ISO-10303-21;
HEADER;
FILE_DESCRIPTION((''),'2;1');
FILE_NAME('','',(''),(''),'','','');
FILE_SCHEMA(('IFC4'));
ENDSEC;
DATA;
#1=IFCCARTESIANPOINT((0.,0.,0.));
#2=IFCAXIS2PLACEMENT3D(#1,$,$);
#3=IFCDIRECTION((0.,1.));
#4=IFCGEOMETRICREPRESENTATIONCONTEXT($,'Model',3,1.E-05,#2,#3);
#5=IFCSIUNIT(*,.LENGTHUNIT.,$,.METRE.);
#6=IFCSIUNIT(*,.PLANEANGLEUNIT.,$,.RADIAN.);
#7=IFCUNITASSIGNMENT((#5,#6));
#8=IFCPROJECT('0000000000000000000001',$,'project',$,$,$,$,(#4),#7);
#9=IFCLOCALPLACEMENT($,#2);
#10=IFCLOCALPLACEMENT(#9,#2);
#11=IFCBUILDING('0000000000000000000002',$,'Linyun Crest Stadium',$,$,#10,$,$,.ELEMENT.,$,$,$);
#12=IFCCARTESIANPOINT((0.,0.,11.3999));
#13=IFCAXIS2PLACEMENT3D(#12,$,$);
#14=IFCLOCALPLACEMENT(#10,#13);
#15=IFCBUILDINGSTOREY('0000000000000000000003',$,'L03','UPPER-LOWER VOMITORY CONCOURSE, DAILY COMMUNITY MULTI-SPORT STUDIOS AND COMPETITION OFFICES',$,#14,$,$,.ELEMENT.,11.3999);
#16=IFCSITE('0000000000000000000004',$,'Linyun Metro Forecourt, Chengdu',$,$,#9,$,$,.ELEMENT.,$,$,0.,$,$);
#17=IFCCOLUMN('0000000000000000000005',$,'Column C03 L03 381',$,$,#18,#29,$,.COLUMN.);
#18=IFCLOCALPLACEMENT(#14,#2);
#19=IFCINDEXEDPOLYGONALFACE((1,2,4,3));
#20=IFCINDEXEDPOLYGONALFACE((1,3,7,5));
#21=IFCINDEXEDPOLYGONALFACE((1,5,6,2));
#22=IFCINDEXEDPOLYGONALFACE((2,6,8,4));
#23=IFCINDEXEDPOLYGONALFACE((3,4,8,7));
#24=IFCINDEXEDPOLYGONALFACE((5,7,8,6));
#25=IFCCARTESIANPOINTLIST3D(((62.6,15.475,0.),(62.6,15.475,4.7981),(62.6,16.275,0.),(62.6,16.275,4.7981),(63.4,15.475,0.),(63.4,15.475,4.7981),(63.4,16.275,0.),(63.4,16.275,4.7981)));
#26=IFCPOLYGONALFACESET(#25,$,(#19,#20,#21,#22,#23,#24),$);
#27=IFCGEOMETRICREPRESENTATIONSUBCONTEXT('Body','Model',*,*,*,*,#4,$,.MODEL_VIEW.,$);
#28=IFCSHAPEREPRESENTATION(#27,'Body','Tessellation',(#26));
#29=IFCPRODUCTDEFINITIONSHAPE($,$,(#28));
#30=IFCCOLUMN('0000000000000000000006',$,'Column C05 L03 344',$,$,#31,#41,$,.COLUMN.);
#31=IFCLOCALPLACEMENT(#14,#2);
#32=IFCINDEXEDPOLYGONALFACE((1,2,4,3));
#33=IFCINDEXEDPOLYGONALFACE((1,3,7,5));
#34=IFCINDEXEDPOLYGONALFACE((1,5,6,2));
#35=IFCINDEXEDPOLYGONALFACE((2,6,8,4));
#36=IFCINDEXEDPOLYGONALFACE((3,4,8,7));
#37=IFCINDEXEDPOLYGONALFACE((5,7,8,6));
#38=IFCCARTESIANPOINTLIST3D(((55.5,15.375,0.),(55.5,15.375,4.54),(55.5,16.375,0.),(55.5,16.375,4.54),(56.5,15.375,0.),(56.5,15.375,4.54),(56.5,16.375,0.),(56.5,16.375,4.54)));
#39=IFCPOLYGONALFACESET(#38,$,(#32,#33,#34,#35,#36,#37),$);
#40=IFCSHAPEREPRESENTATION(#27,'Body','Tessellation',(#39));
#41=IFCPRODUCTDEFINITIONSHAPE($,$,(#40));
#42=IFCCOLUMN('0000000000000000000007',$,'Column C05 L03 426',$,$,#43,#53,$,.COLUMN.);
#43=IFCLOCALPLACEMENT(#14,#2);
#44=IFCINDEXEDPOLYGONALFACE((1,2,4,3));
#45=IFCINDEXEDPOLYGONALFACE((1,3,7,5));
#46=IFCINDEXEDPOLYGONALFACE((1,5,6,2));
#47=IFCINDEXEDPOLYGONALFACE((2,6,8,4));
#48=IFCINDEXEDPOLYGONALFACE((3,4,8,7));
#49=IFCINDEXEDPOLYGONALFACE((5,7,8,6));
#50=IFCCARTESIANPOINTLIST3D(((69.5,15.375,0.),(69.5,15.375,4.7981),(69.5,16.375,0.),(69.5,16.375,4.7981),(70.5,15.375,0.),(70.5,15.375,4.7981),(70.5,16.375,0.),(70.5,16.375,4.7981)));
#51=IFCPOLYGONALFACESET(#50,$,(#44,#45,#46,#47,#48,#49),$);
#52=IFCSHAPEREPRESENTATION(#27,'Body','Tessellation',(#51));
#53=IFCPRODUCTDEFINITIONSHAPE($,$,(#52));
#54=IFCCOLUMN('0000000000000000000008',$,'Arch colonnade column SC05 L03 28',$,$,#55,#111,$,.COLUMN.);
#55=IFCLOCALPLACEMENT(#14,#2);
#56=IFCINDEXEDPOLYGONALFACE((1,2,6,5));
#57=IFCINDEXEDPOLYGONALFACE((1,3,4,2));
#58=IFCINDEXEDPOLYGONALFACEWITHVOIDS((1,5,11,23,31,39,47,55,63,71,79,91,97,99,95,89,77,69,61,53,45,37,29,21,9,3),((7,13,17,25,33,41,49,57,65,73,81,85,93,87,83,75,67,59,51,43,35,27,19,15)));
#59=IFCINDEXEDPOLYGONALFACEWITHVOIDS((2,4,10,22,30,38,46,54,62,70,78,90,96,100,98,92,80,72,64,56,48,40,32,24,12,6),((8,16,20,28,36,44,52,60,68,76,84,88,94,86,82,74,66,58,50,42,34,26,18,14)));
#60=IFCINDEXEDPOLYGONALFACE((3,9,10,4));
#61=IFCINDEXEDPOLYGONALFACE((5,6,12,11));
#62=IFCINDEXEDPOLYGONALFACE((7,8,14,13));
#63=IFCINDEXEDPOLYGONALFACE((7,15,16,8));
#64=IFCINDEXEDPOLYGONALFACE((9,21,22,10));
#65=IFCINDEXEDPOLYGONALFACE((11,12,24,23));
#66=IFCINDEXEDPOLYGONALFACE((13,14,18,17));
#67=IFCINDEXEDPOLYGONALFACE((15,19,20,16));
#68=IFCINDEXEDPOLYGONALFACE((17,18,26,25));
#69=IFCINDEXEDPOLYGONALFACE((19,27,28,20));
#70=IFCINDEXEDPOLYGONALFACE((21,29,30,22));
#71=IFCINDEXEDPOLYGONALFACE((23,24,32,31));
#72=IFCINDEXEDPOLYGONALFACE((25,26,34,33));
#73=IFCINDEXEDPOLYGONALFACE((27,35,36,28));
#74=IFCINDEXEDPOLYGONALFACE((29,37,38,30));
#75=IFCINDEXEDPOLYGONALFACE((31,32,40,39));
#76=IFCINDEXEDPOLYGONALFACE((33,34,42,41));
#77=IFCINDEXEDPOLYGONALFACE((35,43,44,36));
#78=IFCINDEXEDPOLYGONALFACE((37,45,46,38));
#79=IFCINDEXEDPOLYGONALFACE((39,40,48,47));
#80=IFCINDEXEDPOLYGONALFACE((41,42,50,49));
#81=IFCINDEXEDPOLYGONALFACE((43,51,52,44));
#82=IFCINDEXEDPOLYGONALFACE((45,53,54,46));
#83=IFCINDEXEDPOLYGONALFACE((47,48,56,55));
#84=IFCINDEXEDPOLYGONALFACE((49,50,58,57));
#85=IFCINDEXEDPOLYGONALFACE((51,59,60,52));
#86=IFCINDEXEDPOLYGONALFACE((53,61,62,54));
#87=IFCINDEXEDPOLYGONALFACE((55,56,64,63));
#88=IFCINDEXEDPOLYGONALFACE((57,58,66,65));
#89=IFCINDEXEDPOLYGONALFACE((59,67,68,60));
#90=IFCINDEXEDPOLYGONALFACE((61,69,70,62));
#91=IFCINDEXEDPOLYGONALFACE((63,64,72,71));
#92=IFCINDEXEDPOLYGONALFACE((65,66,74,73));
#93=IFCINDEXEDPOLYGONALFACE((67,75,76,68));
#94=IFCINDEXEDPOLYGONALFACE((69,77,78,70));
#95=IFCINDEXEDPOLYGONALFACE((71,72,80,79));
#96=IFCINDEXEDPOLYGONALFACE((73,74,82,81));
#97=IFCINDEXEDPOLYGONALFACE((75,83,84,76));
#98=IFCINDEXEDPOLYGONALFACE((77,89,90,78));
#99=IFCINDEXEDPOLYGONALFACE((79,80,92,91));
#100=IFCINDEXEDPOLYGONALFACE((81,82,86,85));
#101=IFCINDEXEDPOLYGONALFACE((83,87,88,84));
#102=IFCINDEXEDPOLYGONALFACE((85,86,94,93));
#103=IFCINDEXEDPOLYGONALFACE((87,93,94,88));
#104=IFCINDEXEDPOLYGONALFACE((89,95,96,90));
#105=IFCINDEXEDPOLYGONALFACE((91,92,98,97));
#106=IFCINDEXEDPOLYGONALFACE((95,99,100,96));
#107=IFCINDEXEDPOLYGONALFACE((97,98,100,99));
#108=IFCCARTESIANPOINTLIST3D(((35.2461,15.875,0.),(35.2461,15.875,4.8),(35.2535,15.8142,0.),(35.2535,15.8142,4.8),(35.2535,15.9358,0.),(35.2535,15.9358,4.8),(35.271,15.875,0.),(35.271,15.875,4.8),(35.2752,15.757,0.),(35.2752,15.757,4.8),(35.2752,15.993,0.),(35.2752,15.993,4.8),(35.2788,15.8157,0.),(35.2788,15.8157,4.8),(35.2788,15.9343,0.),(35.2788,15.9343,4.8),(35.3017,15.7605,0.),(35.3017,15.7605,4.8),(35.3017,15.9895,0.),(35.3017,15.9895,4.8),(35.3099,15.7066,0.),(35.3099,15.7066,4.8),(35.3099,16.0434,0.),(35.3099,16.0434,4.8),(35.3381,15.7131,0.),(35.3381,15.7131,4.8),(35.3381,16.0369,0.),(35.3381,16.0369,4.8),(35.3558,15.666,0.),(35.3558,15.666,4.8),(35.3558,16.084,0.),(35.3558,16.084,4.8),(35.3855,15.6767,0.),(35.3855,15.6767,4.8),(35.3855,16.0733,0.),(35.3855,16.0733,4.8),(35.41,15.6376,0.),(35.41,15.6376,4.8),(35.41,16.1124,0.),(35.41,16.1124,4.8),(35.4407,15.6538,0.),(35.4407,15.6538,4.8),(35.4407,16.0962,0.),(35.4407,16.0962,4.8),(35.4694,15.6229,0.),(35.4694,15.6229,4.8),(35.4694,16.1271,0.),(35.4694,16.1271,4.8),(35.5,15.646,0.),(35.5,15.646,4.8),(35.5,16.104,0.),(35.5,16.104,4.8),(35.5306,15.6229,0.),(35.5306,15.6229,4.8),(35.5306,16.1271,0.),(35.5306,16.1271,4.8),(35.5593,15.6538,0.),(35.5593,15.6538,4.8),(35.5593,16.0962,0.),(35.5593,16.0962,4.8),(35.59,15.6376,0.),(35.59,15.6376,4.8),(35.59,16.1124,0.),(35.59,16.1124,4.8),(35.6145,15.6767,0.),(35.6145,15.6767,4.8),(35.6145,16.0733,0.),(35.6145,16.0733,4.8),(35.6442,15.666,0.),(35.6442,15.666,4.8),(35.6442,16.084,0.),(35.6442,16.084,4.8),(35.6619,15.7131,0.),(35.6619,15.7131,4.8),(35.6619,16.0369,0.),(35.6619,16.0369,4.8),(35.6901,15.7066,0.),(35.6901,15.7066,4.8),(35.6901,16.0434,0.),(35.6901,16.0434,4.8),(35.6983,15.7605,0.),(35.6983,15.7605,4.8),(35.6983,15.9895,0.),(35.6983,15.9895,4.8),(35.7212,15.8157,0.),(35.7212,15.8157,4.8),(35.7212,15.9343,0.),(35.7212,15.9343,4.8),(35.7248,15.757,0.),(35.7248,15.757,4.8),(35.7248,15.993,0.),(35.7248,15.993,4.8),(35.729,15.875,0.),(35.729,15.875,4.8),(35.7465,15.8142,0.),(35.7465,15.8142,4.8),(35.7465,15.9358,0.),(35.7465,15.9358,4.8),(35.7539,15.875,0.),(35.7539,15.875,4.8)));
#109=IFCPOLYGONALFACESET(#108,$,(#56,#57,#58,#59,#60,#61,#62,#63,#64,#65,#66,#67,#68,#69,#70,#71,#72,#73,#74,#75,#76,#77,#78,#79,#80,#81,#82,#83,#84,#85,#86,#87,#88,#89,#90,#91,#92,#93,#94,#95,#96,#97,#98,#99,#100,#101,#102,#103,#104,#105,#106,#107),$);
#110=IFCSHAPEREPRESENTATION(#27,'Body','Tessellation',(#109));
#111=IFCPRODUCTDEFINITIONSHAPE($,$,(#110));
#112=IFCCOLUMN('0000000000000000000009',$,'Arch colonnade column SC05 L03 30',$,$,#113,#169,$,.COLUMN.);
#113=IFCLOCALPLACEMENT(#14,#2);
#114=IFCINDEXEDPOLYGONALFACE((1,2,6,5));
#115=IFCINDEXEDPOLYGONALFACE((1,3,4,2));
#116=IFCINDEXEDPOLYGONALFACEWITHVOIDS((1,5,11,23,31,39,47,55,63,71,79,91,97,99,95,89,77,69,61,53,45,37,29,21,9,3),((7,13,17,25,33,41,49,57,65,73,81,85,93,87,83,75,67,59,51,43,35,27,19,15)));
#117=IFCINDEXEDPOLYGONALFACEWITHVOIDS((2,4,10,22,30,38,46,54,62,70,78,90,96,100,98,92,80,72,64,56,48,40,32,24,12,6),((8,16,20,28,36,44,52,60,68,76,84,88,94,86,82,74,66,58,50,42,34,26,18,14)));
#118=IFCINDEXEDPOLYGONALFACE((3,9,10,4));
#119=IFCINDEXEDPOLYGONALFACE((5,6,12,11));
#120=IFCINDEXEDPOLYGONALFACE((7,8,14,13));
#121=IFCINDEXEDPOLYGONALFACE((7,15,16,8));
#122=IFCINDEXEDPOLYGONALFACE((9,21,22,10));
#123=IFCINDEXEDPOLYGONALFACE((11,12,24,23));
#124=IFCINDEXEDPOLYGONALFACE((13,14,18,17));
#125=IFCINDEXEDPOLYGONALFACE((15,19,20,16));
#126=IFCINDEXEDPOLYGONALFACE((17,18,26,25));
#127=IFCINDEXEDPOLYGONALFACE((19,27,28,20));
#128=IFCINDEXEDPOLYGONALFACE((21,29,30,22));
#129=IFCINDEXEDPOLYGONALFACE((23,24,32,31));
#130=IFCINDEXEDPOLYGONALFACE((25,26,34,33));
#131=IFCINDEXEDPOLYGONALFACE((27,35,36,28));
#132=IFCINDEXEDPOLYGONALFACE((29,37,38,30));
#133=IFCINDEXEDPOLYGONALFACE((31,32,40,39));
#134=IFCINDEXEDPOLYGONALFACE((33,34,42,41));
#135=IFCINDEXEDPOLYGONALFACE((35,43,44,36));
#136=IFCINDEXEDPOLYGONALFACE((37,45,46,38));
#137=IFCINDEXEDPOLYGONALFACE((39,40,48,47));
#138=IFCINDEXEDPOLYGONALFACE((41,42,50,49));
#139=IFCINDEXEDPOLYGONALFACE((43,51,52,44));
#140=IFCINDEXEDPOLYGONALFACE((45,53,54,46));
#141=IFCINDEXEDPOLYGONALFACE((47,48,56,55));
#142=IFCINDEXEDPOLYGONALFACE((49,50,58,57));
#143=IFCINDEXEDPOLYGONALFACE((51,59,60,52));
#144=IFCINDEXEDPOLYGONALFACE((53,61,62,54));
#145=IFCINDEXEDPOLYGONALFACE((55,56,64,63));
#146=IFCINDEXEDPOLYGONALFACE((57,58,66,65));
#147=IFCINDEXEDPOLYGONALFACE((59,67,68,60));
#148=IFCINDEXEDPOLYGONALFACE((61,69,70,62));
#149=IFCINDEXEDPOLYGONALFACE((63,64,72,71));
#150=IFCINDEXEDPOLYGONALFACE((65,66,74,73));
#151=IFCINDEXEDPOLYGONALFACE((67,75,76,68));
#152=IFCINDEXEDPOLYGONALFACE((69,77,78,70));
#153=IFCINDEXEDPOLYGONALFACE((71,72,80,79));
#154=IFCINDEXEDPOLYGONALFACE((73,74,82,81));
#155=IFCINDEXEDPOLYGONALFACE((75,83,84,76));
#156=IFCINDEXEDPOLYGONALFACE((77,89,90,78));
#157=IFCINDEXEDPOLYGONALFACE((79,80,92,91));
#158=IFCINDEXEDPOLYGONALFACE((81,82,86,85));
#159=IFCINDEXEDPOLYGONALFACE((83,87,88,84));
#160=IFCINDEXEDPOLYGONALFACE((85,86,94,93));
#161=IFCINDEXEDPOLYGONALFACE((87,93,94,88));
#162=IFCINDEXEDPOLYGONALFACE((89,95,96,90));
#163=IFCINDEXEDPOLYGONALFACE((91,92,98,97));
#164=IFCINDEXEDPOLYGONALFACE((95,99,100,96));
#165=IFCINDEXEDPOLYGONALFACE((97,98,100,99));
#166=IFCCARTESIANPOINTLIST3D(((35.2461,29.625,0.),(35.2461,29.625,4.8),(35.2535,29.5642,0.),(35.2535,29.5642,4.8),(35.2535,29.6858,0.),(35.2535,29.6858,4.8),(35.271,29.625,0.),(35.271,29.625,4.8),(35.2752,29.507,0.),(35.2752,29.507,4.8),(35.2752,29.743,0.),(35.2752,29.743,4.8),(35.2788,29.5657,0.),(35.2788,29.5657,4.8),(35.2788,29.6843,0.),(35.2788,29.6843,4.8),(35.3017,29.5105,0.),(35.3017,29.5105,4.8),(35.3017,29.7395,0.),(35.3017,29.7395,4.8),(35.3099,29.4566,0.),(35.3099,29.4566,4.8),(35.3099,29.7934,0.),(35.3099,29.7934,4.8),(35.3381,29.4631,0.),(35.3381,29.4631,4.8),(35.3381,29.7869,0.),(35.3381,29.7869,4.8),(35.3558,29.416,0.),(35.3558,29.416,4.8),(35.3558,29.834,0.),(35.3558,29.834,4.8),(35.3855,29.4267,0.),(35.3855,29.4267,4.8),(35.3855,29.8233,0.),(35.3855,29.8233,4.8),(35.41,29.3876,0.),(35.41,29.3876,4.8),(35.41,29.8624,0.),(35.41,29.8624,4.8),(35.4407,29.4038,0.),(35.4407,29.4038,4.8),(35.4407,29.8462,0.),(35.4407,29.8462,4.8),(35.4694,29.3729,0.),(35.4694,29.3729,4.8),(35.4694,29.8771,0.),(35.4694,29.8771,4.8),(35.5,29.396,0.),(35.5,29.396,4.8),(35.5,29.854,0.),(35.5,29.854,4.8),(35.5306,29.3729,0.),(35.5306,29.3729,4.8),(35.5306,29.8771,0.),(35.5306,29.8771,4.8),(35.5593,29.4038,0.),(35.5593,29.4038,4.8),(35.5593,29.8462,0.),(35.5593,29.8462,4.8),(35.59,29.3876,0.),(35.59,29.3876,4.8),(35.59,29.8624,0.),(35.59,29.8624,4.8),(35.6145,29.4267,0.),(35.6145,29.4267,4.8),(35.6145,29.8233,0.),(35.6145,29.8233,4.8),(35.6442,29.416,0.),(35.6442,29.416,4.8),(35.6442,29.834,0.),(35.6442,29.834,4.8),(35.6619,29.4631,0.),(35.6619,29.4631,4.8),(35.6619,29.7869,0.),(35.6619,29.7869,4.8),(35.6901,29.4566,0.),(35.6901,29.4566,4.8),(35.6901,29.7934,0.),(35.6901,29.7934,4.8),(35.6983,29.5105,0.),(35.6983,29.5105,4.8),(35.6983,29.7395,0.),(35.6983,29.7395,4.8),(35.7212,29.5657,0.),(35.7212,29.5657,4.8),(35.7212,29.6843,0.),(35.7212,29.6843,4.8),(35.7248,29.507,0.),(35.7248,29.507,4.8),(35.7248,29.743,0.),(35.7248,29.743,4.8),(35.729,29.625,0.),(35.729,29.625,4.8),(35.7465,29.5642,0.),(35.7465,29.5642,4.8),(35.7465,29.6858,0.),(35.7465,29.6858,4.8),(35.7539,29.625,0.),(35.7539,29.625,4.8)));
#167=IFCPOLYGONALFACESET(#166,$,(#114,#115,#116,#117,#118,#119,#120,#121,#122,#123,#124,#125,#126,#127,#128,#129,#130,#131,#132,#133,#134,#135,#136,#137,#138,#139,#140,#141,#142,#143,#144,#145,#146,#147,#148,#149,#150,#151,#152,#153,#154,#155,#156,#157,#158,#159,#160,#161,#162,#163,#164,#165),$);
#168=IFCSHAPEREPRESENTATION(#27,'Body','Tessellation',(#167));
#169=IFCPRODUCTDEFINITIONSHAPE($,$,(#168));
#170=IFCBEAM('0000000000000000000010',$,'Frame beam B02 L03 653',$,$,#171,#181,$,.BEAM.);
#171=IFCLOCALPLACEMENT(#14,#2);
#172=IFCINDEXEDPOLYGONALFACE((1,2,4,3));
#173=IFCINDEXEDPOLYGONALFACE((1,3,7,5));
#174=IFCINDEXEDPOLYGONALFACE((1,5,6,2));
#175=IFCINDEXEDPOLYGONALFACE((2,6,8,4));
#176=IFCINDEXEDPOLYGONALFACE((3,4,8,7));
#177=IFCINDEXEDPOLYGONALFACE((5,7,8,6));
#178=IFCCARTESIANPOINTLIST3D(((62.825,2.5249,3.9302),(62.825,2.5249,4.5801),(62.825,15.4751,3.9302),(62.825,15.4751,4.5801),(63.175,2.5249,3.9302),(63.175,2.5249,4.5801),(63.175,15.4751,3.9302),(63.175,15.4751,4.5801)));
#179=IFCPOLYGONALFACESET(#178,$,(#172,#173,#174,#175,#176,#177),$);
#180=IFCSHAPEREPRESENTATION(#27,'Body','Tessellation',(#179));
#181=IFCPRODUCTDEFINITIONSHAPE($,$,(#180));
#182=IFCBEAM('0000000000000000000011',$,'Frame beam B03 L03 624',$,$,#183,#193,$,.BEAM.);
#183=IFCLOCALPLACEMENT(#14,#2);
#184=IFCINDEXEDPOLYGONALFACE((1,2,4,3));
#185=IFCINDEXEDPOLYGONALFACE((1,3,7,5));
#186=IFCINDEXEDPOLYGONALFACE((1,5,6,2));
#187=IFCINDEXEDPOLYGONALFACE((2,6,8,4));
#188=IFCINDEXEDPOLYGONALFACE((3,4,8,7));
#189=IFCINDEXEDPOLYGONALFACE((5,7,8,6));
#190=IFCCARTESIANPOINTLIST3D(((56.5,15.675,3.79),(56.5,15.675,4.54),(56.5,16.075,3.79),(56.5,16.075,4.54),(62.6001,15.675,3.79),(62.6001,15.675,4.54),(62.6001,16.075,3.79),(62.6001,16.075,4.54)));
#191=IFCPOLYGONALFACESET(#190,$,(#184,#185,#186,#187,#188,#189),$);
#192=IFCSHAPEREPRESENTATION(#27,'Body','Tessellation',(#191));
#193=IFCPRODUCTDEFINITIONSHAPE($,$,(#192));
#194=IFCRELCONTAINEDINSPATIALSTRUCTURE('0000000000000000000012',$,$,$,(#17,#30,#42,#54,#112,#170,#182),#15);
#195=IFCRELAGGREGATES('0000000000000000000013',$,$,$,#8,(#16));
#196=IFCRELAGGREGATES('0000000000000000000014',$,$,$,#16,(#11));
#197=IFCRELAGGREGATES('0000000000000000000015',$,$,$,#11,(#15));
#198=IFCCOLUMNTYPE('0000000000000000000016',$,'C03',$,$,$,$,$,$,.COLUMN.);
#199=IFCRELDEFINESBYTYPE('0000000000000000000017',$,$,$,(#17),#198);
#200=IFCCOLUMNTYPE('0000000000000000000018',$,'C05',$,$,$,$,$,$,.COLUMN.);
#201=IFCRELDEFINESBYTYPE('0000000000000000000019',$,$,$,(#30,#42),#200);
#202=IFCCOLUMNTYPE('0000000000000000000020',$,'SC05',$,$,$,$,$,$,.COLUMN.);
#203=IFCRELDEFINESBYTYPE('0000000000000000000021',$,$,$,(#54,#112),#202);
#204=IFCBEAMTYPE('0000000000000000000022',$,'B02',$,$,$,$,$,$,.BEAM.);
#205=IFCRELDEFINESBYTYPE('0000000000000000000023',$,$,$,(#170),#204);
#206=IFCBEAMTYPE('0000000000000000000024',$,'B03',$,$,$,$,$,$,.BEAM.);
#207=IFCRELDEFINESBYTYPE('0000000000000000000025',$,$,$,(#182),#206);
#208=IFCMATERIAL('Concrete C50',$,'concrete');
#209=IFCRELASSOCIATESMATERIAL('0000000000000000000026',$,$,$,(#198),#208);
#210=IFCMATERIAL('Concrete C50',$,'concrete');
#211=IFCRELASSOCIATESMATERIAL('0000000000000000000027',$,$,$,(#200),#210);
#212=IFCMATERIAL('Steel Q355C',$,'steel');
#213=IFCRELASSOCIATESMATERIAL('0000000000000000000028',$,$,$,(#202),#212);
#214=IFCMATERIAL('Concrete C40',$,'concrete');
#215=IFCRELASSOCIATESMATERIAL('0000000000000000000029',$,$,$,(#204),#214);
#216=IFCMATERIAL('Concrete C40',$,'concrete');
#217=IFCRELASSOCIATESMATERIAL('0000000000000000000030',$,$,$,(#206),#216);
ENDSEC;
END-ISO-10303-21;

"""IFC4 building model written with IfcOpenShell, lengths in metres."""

from ifc_helpers import new_model, si_unit, direction, frame, origin, origin_2d, place, context, subcontext, project, spatial, rectangle, hollow_circle, extrude, material, material_profile, profile_set, type_object, element, save


model = new_model("IFC4")

# Units and contexts
model_context = context("Model", 3, precision=1e-05, world=origin(), true_north=direction((0.0, 1.0)))
body_context = subcontext(model_context, "Body", "Model", "MODEL_VIEW")
ifc_project = project(units=[si_unit("LENGTHUNIT", "METRE"), si_unit("PLANEANGLEUNIT", "RADIAN")], contexts=[model_context])

# Site, building, storey
site_placement = place(None, origin())
site = spatial("IfcSite", under=ifc_project, at=site_placement, Name="Linyun Metro Forecourt, Chengdu", CompositionType="ELEMENT", RefElevation=0.0)
building_placement = place(site_placement, origin())
building = spatial("IfcBuilding", under=site, at=building_placement, Name="Linyun Crest Stadium", CompositionType="ELEMENT")
storey_placement = place(building_placement, frame((0.0, 0.0, 11.3999)))
storey = spatial("IfcBuildingStorey", under=building, at=storey_placement, Name="L03", Description="UPPER-LOWER VOMITORY CONCOURSE, DAILY COMMUNITY MULTI-SPORT STUDIOS AND COMPETITION OFFICES", CompositionType="ELEMENT", Elevation=11.3999)

# Columns
ifc_material_1 = material(Name="Concrete C50", Category="concrete")
ifc_material_profile_1 = material_profile(ifc_material_1, rectangle(XDim=0.8, YDim=0.8, at=origin_2d()), Name="RC 800x800")
ifc_profile_set_1 = profile_set([ifc_material_profile_1], Name="Concrete C50")
column_type_1 = type_object("IfcColumnType", Name="C03", PredefinedType="COLUMN", material=ifc_profile_set_1)
column_1_placement = place(storey_placement, frame((63.0, 15.875, 0.0), z_axis=(0.0, 0.0, 1.0), x_axis=(1.0, 0.0, 0.0)))
element("IfcColumn", 1, at=column_1_placement, inside=storey, type_object=column_type_1, Name="Column C03 L03 381", PredefinedType="COLUMN", context=body_context, shape_type="SweptSolid", body=[
    extrude(rectangle(XDim=0.8, YDim=0.8, at=origin_2d()), origin(), (0.0, 0.0, 1.0), 4.7981),
])
ifc_material_2 = material(Name="Concrete C50", Category="concrete")
ifc_material_profile_2 = material_profile(ifc_material_2, rectangle(XDim=1.0, YDim=1.0, at=origin_2d()), Name="RC 1000x1000")
ifc_profile_set_2 = profile_set([ifc_material_profile_2], Name="Concrete C50")
column_type_2 = type_object("IfcColumnType", Name="C05", PredefinedType="COLUMN", material=ifc_profile_set_2)
column_2_placement = place(storey_placement, frame((56.0, 15.875, 0.0), z_axis=(0.0, 0.0, 1.0), x_axis=(1.0, 0.0, 0.0)))
element("IfcColumn", 2, at=column_2_placement, inside=storey, type_object=column_type_2, Name="Column C05 L03 344", PredefinedType="COLUMN", context=body_context, shape_type="SweptSolid", body=[
    extrude(rectangle(XDim=1.0, YDim=1.0, at=origin_2d()), origin(), (0.0, 0.0, 1.0), 4.54),
])
column_3_placement = place(storey_placement, frame((70.0, 15.875, 0.0), z_axis=(0.0, 0.0, 1.0), x_axis=(1.0, 0.0, 0.0)))
element("IfcColumn", 3, at=column_3_placement, inside=storey, type_object=column_type_2, Name="Column C05 L03 426", PredefinedType="COLUMN", context=body_context, shape_type="SweptSolid", body=[
    extrude(rectangle(XDim=1.0, YDim=1.0, at=origin_2d()), origin(), (0.0, 0.0, 1.0), 4.7981),
])
ifc_material_3 = material(Name="Steel Q355C", Category="steel")
ifc_material_profile_3 = material_profile(ifc_material_3, hollow_circle(Radius=0.2539, WallThickness=0.0249, at=origin_2d()), Name="CHS 508x25")
ifc_profile_set_3 = profile_set([ifc_material_profile_3], Name="Steel Q355C")
column_type_3 = type_object("IfcColumnType", Name="SC05", PredefinedType="COLUMN", material=ifc_profile_set_3)
for number, where, z_axis, x_axis, name in (
    (4, (35.5, 15.875, 0.0), (0.0, 0.0, 1.0), (1.0, 0.0, 0.0), "Arch colonnade column SC05 L03 28"),
    (5, (35.5, 29.625, 0.0), (0.0, 0.0, 1.0), (1.0, 0.0, 0.0), "Arch colonnade column SC05 L03 30"),
):
    element("IfcColumn", number, at=place(storey_placement, frame(where, z_axis=z_axis, x_axis=x_axis)), inside=storey, type_object=column_type_3, Name=name, PredefinedType="COLUMN", context=body_context, shape_type="SweptSolid", body=[
        extrude(hollow_circle(Radius=0.2539, WallThickness=0.0249, at=origin_2d()), origin(), (0.0, 0.0, 1.0), 4.8),
    ])

# Beams
ifc_material_4 = material(Name="Concrete C40", Category="concrete")
ifc_material_profile_4 = material_profile(ifc_material_4, rectangle(XDim=0.3501, YDim=0.6499, at=origin_2d()), Name="RCB 650x350")
ifc_profile_set_4 = profile_set([ifc_material_profile_4], Name="Concrete C40")
beam_type_1 = type_object("IfcBeamType", Name="B02", PredefinedType="BEAM", material=ifc_profile_set_4)
beam_1_placement = place(storey_placement, frame((63.0, 2.5249, 4.2551), z_axis=(0.0, 1.0, 0.0), x_axis=(-1.0, 0.0, 0.0)))
element("IfcBeam", 6, at=beam_1_placement, inside=storey, type_object=beam_type_1, Name="Frame beam B02 L03 653", PredefinedType="BEAM", context=body_context, shape_type="SweptSolid", body=[
    extrude(rectangle(XDim=0.3501, YDim=0.6499, at=origin_2d()), origin(), (0.0, 0.0, 1.0), 12.9502),
])
ifc_material_5 = material(Name="Concrete C40", Category="concrete")
ifc_material_profile_5 = material_profile(ifc_material_5, rectangle(XDim=0.3999, YDim=0.75, at=origin_2d()), Name="RCB 750x400")
ifc_profile_set_5 = profile_set([ifc_material_profile_5], Name="Concrete C40")
beam_type_2 = type_object("IfcBeamType", Name="B03", PredefinedType="BEAM", material=ifc_profile_set_5)
beam_2_placement = place(storey_placement, frame((56.5, 15.875, 4.165), z_axis=(1.0, 0.0, 0.0), x_axis=(0.0, 1.0, 0.0)))
element("IfcBeam", 7, at=beam_2_placement, inside=storey, type_object=beam_type_2, Name="Frame beam B03 L03 624", PredefinedType="BEAM", context=body_context, shape_type="SweptSolid", body=[
    extrude(rectangle(XDim=0.3999, YDim=0.75, at=origin_2d()), origin(), (0.0, 0.0, 1.0), 6.1001),
])

save(model, "model.ifc")
